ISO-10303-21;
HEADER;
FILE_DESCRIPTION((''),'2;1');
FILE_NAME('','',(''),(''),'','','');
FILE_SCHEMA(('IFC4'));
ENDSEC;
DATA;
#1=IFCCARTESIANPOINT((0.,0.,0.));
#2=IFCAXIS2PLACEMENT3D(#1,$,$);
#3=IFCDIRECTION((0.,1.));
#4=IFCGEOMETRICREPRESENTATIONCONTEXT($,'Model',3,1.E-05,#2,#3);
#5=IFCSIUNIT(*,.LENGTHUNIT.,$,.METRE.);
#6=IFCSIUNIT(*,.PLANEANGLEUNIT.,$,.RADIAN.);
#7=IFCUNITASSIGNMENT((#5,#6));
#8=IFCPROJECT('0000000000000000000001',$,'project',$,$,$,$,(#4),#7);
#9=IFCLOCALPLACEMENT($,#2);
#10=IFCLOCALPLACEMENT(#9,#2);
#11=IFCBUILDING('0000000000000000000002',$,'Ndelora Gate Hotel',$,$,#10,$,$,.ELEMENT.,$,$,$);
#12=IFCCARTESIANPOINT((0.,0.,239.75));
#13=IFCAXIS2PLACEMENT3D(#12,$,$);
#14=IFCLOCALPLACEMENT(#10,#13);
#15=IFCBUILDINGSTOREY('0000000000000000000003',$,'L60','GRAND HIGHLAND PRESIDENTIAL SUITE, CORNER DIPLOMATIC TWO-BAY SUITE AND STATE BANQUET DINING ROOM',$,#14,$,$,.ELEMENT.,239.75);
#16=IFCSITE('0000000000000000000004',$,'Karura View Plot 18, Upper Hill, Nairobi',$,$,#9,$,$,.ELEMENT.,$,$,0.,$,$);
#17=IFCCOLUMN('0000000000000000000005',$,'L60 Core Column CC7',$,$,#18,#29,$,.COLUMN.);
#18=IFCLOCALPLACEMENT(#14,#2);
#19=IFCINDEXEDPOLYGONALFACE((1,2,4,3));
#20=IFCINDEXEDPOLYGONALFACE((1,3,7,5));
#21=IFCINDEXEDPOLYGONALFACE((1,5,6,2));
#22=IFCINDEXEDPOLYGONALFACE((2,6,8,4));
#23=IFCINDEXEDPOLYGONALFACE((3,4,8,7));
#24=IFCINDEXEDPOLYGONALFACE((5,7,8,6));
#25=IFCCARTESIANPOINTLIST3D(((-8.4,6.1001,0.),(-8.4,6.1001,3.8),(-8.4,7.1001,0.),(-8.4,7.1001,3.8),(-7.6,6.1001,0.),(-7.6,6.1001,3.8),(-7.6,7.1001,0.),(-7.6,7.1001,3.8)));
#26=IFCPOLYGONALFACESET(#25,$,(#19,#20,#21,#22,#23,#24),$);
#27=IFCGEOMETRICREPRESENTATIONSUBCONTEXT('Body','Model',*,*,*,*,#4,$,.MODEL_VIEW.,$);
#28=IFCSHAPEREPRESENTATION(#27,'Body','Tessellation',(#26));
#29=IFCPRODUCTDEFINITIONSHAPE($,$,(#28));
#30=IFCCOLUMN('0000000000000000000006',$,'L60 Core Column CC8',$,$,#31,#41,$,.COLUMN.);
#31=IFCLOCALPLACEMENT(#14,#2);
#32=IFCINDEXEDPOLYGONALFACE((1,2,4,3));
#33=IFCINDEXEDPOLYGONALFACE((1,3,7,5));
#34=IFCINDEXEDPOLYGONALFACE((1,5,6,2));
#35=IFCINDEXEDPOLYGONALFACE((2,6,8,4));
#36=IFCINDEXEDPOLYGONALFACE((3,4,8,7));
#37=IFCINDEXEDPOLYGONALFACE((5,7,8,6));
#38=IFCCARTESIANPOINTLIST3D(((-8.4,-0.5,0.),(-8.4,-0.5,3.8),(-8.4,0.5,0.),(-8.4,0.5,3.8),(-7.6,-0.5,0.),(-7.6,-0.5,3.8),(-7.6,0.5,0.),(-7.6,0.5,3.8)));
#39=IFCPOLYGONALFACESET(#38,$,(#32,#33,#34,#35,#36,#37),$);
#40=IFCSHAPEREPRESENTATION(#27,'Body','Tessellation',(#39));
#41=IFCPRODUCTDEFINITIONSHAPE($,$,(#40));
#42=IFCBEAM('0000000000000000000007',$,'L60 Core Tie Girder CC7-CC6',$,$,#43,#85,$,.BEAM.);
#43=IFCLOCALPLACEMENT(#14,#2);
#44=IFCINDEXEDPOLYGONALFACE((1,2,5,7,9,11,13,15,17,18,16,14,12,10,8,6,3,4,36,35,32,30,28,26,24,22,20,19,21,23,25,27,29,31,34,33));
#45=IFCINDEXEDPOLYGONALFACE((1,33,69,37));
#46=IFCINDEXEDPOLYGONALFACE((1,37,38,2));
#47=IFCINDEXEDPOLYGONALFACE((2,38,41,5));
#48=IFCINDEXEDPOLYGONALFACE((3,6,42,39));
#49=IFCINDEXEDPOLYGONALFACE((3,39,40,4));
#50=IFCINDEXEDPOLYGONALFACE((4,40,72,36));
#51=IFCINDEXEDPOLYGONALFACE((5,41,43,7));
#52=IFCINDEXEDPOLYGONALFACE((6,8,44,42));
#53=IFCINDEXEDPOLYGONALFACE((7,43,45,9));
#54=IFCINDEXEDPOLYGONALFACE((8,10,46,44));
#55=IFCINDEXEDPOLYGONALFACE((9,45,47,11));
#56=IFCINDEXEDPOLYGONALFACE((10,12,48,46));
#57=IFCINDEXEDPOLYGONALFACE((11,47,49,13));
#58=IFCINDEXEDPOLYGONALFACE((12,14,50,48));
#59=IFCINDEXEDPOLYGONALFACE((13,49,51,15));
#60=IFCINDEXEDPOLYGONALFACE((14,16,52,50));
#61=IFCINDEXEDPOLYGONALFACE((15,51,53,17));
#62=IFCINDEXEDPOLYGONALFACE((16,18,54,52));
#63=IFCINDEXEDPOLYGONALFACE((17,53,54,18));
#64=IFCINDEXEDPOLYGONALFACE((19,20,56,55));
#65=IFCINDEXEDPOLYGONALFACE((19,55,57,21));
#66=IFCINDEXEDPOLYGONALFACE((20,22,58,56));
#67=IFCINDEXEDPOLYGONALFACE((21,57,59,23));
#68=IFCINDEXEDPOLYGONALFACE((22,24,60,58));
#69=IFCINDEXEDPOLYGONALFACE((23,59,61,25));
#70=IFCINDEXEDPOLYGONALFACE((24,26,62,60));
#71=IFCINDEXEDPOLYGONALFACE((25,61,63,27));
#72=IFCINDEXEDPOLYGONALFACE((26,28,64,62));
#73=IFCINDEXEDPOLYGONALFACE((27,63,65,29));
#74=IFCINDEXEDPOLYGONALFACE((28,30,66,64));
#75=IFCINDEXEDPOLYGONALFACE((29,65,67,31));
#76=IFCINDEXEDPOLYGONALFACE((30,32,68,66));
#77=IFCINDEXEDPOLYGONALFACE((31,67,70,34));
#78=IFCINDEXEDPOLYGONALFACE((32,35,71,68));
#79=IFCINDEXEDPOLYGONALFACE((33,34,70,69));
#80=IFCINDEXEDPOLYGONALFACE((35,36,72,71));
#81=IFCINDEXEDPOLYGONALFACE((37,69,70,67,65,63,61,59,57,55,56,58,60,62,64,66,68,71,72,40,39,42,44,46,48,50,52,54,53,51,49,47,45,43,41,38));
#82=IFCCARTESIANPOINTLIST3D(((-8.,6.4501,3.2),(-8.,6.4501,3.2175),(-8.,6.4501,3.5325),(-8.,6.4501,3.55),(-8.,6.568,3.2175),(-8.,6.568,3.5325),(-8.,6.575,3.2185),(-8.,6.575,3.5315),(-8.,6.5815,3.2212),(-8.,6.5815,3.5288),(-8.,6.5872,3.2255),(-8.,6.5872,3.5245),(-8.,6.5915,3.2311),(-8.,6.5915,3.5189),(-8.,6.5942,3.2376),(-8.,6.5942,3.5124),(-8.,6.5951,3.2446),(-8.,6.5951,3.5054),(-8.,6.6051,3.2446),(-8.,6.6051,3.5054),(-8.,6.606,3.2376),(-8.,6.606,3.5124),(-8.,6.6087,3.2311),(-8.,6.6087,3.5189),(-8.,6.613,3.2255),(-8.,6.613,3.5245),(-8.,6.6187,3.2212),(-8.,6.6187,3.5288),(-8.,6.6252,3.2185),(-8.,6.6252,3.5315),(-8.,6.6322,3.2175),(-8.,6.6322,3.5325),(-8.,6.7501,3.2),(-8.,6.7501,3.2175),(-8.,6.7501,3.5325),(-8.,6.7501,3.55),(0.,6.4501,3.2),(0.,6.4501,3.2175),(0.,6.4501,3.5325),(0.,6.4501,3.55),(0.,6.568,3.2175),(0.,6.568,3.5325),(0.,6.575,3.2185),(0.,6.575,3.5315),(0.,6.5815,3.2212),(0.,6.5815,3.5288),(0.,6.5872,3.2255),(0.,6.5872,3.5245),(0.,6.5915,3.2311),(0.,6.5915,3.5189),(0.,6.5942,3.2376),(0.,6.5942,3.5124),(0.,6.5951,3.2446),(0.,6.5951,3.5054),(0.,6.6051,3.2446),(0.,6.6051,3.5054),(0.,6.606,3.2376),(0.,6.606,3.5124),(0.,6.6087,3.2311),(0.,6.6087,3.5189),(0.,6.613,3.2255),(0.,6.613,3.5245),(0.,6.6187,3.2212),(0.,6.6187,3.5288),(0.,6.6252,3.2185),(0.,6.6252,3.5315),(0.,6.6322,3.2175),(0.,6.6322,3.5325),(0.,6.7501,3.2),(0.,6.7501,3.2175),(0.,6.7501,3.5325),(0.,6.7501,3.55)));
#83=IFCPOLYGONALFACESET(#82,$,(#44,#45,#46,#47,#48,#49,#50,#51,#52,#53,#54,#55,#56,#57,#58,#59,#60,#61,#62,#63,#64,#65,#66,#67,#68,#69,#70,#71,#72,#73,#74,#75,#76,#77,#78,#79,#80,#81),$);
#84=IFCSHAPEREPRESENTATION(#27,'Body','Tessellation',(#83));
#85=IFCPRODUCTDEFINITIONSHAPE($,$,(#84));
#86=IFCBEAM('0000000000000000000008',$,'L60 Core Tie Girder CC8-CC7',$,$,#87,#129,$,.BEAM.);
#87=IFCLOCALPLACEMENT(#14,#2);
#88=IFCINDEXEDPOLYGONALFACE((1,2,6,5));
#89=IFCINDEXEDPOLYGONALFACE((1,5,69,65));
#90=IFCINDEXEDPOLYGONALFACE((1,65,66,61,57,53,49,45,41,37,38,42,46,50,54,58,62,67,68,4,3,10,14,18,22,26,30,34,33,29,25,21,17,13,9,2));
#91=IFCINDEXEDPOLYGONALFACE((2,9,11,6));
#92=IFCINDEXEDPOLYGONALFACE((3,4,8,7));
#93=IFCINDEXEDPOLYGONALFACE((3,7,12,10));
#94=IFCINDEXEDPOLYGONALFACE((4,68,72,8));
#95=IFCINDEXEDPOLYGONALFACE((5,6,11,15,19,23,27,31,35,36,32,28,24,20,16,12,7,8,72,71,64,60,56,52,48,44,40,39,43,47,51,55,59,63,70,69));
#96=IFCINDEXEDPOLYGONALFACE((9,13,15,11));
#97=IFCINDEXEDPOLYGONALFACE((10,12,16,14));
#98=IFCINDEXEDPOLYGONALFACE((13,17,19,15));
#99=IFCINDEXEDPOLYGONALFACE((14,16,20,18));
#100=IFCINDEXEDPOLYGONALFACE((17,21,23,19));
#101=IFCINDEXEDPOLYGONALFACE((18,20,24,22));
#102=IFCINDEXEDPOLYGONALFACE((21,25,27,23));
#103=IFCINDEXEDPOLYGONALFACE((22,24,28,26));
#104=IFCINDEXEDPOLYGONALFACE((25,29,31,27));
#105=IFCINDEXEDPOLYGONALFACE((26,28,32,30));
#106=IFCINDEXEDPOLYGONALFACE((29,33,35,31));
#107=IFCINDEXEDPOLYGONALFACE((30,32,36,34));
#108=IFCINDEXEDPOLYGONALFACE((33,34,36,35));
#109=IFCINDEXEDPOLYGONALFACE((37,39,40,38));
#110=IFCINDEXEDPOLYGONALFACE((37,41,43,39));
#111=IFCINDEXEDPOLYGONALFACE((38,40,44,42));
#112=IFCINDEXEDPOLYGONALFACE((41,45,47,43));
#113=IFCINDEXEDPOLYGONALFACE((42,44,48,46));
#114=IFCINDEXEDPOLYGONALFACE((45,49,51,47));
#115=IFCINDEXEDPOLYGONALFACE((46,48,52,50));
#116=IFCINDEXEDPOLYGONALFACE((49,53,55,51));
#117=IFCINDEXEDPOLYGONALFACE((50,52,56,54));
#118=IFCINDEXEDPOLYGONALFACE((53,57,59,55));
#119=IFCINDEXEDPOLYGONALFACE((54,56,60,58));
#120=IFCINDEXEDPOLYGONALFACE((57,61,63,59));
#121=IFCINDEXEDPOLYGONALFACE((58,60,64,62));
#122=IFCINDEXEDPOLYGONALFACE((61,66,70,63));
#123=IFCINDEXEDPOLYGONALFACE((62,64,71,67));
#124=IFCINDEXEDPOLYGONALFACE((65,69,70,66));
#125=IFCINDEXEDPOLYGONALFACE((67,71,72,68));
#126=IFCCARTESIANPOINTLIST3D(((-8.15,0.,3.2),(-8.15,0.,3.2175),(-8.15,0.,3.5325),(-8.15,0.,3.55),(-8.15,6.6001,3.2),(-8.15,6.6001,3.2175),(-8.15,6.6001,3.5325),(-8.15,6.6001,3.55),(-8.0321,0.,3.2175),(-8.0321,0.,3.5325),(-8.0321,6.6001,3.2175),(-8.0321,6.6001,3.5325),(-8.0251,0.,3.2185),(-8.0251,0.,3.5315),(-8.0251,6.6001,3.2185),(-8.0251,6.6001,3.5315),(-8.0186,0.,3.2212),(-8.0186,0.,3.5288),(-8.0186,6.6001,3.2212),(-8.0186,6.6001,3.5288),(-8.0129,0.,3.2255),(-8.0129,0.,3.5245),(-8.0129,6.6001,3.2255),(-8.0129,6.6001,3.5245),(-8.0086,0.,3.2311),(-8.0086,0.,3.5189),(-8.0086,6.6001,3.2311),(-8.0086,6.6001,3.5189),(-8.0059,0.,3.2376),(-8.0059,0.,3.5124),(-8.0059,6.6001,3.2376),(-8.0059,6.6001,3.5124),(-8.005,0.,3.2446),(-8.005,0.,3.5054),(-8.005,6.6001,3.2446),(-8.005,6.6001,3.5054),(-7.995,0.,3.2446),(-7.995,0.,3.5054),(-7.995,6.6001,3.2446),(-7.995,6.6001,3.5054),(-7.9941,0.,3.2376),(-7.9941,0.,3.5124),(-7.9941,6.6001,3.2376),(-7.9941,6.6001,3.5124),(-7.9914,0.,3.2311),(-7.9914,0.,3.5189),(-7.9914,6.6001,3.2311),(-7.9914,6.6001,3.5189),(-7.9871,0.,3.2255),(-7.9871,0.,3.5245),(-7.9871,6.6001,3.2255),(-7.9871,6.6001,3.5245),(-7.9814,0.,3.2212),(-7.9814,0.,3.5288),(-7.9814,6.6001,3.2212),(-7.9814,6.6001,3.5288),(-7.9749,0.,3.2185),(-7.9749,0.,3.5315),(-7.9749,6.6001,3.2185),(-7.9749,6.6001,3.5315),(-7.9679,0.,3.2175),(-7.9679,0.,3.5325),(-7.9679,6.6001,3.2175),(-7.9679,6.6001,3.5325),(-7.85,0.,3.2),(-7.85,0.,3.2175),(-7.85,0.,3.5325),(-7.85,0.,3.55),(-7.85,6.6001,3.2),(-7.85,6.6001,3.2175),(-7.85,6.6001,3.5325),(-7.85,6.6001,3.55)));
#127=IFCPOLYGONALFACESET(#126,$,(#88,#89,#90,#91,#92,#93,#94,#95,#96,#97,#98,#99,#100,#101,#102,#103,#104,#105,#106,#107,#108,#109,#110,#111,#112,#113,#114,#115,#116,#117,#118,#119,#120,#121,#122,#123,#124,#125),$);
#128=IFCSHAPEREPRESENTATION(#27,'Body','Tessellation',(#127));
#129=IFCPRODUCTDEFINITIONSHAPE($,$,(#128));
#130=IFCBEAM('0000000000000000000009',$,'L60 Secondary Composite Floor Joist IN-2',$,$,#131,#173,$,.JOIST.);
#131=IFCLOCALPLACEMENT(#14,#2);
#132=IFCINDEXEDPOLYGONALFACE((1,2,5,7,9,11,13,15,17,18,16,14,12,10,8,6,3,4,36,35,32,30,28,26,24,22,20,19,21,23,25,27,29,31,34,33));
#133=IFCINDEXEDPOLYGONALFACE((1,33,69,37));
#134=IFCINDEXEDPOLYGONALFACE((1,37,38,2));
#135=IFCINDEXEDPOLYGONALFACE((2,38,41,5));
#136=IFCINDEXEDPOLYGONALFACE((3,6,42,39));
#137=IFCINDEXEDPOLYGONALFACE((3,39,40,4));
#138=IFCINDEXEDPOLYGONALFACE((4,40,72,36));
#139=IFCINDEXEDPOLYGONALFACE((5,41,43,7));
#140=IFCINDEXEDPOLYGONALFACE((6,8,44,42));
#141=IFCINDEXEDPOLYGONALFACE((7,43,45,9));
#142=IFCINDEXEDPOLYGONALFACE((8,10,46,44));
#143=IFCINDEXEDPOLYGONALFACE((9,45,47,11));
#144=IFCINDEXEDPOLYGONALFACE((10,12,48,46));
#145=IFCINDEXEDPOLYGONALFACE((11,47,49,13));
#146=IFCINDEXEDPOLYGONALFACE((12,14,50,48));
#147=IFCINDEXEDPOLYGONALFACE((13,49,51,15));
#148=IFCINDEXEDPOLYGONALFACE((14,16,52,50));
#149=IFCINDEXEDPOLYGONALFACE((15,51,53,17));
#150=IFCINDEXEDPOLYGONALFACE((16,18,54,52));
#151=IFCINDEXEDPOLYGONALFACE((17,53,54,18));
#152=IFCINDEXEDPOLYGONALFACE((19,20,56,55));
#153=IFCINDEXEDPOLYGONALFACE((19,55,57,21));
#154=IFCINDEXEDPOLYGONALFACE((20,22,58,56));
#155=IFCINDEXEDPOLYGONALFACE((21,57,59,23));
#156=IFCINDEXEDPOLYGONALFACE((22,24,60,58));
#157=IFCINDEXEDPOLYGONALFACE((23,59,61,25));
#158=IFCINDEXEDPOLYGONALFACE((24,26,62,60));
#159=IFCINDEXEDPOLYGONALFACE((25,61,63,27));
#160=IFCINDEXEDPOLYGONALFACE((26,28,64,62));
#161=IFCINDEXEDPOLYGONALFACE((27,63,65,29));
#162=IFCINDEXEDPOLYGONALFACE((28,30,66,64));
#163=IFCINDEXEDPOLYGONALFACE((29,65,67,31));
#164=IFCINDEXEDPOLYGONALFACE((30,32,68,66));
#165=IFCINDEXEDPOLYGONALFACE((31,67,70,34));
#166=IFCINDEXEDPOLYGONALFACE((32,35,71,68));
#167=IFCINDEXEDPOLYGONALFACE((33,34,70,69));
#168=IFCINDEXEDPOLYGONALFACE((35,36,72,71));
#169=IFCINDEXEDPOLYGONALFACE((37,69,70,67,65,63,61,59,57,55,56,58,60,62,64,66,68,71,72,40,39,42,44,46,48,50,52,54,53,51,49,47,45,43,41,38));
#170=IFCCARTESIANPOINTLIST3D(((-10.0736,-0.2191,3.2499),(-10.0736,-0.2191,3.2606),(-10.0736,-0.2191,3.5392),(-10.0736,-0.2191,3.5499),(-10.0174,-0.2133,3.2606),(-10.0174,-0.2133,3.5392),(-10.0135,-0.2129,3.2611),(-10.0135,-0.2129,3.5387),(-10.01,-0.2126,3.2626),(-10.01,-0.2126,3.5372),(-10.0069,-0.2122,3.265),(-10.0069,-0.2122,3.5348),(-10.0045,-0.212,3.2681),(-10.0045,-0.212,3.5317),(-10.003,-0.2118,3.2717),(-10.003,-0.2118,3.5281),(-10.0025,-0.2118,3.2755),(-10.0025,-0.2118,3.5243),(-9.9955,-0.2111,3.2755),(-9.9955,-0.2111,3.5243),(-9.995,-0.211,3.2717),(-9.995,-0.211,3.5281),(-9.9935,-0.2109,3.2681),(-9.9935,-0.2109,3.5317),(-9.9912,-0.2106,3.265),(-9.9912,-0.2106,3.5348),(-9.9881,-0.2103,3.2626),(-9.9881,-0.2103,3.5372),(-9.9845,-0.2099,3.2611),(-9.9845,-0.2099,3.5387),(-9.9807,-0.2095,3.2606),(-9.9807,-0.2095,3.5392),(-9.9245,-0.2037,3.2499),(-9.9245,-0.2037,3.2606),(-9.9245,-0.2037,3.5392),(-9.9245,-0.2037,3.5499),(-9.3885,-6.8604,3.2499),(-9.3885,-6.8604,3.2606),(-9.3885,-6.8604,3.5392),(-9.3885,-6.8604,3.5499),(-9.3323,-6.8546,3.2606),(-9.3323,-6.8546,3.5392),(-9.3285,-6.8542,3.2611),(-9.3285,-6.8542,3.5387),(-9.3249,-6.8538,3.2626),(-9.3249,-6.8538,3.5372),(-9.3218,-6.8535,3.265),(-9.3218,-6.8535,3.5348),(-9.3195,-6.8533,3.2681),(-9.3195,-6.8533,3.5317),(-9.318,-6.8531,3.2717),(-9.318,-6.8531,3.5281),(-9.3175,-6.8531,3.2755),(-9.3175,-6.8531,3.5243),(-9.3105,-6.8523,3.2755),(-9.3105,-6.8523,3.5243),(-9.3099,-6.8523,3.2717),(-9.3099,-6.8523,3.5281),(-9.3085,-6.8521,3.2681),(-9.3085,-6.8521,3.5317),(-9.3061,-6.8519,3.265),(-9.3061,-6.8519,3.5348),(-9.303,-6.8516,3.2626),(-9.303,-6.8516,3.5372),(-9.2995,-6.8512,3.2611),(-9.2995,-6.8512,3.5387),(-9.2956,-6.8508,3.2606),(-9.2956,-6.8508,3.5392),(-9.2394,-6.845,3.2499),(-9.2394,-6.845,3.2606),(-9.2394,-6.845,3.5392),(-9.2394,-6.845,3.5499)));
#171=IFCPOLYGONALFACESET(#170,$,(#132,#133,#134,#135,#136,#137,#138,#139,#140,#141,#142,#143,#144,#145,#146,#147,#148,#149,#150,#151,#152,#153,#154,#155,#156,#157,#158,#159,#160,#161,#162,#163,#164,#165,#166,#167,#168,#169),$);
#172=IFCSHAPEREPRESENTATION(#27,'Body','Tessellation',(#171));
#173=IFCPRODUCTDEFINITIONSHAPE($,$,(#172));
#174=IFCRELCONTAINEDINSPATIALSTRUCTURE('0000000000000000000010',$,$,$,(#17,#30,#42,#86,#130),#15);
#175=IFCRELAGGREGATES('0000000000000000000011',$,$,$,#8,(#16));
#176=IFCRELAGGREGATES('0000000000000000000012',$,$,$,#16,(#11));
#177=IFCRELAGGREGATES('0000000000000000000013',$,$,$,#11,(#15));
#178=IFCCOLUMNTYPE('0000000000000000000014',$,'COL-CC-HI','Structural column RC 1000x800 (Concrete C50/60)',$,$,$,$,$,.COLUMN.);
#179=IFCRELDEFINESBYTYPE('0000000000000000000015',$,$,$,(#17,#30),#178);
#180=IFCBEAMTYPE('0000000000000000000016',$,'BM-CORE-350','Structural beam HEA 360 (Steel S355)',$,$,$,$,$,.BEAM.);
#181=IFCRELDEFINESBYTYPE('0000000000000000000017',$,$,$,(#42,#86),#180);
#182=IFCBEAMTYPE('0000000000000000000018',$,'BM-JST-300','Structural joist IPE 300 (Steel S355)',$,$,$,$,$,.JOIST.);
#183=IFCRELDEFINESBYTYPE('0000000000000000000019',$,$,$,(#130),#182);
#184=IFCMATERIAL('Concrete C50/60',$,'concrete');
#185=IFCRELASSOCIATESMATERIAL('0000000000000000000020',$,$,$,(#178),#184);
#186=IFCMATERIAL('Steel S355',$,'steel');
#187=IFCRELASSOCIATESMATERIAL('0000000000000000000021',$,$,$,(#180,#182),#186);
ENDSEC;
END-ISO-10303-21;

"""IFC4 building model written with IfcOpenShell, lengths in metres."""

from ifc_helpers import new_model, si_unit, direction, frame, origin, origin_2d, place, context, subcontext, project, spatial, rectangle, i_section, extrude, material, material_profile, profile_set, type_object, element, save


model = new_model("IFC4")

# Units and contexts
model_context = context("Model", 3, precision=1e-05, world=origin(), true_north=direction((0.0, 1.0)))
body_context = subcontext(model_context, "Body", "Model", "MODEL_VIEW")
ifc_project = project(units=[si_unit("LENGTHUNIT", "METRE"), si_unit("PLANEANGLEUNIT", "RADIAN")], contexts=[model_context])

# Site, building, storey
site_placement = place(None, origin())
site = spatial("IfcSite", under=ifc_project, at=site_placement, Name="Karura View Plot 18, Upper Hill, Nairobi", CompositionType="ELEMENT", RefElevation=0.0)
building_placement = place(site_placement, origin())
building = spatial("IfcBuilding", under=site, at=building_placement, Name="Ndelora Gate Hotel", CompositionType="ELEMENT")
storey_placement = place(building_placement, frame((0.0, 0.0, 239.75)))
storey = spatial("IfcBuildingStorey", under=building, at=storey_placement, Name="L60", Description="GRAND HIGHLAND PRESIDENTIAL SUITE, CORNER DIPLOMATIC TWO-BAY SUITE AND STATE BANQUET DINING ROOM", CompositionType="ELEMENT", Elevation=239.75)

# Columns
ifc_material_1 = material(Name="Concrete C50/60", Category="concrete")
ifc_material_profile_1 = material_profile(ifc_material_1, rectangle(XDim=0.8, YDim=1.0, at=origin_2d()), Name="RC 1000x800")
ifc_profile_set_1 = profile_set([ifc_material_profile_1], Name="Concrete C50/60")
column_type = type_object("IfcColumnType", Name="COL-CC-HI", Description="Structural column RC 1000x800 (Concrete C50/60)", PredefinedType="COLUMN", material=ifc_profile_set_1)
for number, where, z_axis, x_axis, name in (
    (1, (-8.0, 6.6001, 0.0), (0.0, 0.0, 1.0), (1.0, 0.0, 0.0), "L60 Core Column CC7"),
    (2, (-8.0, 0.0, 0.0), (0.0, 0.0, 1.0), (1.0, 0.0, 0.0), "L60 Core Column CC8"),
):
    element("IfcColumn", number, at=place(storey_placement, frame(where, z_axis=z_axis, x_axis=x_axis)), inside=storey, type_object=column_type, Name=name, PredefinedType="COLUMN", context=body_context, shape_type="SweptSolid", body=[
        extrude(rectangle(XDim=0.8, YDim=1.0, at=origin_2d()), origin(), (0.0, 0.0, 1.0), 3.8),
    ])

# Beams
ifc_material_2 = material(Name="Steel S355", Category="steel")
ifc_material_profile_2 = material_profile(ifc_material_2, i_section(OverallWidth=0.3, OverallDepth=0.3501, WebThickness=0.01, FlangeThickness=0.0176, FilletRadius=0.0271, at=origin_2d()), Name="HEA 360")
ifc_profile_set_2 = profile_set([ifc_material_profile_2], Name="Steel S355")
beam_type_1 = type_object("IfcBeamType", Name="BM-CORE-350", Description="Structural beam HEA 360 (Steel S355)", PredefinedType="BEAM", material=ifc_profile_set_2)
beam_1_placement = place(storey_placement, frame((-8.0, 6.6001, 3.375), z_axis=(1.0, 0.0, 0.0), x_axis=(0.0, 1.0, 0.0)))
element("IfcBeam", 3, at=beam_1_placement, inside=storey, type_object=beam_type_1, Name="L60 Core Tie Girder CC7-CC6", PredefinedType="BEAM", context=body_context, shape_type="SweptSolid", body=[
    extrude(i_section(OverallWidth=0.3, OverallDepth=0.3501, WebThickness=0.01, FlangeThickness=0.0176, FilletRadius=0.0271, at=origin_2d()), origin(), (0.0, 0.0, 1.0), 8.0),
])
beam_2_placement = place(storey_placement, frame((-8.0, 0.0, 3.375), z_axis=(0.0, 1.0, 0.0), x_axis=(-1.0, 0.0, 0.0)))
element("IfcBeam", 4, at=beam_2_placement, inside=storey, type_object=beam_type_1, Name="L60 Core Tie Girder CC8-CC7", PredefinedType="BEAM", context=body_context, shape_type="SweptSolid", body=[
    extrude(i_section(OverallWidth=0.3, OverallDepth=0.3501, WebThickness=0.01, FlangeThickness=0.0176, FilletRadius=0.0271, at=origin_2d()), origin(), (0.0, 0.0, 1.0), 6.6001),
])
ifc_material_profile_3 = material_profile(ifc_material_2, i_section(OverallWidth=0.1499, OverallDepth=0.3, WebThickness=0.0071, FlangeThickness=0.0107, FilletRadius=0.0149, at=origin_2d()), Name="IPE 300")
ifc_profile_set_3 = profile_set([ifc_material_profile_3], Name="Steel S355")
beam_type_2 = type_object("IfcBeamType", Name="BM-JST-300", Description="Structural joist IPE 300 (Steel S355)", PredefinedType="JOIST", material=ifc_profile_set_3)
beam_3_placement = place(storey_placement, frame((-9.999, -0.2114, 3.3999), z_axis=(0.102606, -0.994722, 0.0), x_axis=(0.994722, 0.102606, 0.0)))
element("IfcBeam", 5, at=beam_3_placement, inside=storey, type_object=beam_type_2, Name="L60 Secondary Composite Floor Joist IN-2", PredefinedType="JOIST", context=body_context, shape_type="SweptSolid", body=[
    extrude(i_section(OverallWidth=0.1499, OverallDepth=0.3, WebThickness=0.0071, FlangeThickness=0.0107, FilletRadius=0.0149, at=origin_2d()), origin(), (0.0, 0.0, 1.0), 6.6765),
])

save(model, "model.ifc")
